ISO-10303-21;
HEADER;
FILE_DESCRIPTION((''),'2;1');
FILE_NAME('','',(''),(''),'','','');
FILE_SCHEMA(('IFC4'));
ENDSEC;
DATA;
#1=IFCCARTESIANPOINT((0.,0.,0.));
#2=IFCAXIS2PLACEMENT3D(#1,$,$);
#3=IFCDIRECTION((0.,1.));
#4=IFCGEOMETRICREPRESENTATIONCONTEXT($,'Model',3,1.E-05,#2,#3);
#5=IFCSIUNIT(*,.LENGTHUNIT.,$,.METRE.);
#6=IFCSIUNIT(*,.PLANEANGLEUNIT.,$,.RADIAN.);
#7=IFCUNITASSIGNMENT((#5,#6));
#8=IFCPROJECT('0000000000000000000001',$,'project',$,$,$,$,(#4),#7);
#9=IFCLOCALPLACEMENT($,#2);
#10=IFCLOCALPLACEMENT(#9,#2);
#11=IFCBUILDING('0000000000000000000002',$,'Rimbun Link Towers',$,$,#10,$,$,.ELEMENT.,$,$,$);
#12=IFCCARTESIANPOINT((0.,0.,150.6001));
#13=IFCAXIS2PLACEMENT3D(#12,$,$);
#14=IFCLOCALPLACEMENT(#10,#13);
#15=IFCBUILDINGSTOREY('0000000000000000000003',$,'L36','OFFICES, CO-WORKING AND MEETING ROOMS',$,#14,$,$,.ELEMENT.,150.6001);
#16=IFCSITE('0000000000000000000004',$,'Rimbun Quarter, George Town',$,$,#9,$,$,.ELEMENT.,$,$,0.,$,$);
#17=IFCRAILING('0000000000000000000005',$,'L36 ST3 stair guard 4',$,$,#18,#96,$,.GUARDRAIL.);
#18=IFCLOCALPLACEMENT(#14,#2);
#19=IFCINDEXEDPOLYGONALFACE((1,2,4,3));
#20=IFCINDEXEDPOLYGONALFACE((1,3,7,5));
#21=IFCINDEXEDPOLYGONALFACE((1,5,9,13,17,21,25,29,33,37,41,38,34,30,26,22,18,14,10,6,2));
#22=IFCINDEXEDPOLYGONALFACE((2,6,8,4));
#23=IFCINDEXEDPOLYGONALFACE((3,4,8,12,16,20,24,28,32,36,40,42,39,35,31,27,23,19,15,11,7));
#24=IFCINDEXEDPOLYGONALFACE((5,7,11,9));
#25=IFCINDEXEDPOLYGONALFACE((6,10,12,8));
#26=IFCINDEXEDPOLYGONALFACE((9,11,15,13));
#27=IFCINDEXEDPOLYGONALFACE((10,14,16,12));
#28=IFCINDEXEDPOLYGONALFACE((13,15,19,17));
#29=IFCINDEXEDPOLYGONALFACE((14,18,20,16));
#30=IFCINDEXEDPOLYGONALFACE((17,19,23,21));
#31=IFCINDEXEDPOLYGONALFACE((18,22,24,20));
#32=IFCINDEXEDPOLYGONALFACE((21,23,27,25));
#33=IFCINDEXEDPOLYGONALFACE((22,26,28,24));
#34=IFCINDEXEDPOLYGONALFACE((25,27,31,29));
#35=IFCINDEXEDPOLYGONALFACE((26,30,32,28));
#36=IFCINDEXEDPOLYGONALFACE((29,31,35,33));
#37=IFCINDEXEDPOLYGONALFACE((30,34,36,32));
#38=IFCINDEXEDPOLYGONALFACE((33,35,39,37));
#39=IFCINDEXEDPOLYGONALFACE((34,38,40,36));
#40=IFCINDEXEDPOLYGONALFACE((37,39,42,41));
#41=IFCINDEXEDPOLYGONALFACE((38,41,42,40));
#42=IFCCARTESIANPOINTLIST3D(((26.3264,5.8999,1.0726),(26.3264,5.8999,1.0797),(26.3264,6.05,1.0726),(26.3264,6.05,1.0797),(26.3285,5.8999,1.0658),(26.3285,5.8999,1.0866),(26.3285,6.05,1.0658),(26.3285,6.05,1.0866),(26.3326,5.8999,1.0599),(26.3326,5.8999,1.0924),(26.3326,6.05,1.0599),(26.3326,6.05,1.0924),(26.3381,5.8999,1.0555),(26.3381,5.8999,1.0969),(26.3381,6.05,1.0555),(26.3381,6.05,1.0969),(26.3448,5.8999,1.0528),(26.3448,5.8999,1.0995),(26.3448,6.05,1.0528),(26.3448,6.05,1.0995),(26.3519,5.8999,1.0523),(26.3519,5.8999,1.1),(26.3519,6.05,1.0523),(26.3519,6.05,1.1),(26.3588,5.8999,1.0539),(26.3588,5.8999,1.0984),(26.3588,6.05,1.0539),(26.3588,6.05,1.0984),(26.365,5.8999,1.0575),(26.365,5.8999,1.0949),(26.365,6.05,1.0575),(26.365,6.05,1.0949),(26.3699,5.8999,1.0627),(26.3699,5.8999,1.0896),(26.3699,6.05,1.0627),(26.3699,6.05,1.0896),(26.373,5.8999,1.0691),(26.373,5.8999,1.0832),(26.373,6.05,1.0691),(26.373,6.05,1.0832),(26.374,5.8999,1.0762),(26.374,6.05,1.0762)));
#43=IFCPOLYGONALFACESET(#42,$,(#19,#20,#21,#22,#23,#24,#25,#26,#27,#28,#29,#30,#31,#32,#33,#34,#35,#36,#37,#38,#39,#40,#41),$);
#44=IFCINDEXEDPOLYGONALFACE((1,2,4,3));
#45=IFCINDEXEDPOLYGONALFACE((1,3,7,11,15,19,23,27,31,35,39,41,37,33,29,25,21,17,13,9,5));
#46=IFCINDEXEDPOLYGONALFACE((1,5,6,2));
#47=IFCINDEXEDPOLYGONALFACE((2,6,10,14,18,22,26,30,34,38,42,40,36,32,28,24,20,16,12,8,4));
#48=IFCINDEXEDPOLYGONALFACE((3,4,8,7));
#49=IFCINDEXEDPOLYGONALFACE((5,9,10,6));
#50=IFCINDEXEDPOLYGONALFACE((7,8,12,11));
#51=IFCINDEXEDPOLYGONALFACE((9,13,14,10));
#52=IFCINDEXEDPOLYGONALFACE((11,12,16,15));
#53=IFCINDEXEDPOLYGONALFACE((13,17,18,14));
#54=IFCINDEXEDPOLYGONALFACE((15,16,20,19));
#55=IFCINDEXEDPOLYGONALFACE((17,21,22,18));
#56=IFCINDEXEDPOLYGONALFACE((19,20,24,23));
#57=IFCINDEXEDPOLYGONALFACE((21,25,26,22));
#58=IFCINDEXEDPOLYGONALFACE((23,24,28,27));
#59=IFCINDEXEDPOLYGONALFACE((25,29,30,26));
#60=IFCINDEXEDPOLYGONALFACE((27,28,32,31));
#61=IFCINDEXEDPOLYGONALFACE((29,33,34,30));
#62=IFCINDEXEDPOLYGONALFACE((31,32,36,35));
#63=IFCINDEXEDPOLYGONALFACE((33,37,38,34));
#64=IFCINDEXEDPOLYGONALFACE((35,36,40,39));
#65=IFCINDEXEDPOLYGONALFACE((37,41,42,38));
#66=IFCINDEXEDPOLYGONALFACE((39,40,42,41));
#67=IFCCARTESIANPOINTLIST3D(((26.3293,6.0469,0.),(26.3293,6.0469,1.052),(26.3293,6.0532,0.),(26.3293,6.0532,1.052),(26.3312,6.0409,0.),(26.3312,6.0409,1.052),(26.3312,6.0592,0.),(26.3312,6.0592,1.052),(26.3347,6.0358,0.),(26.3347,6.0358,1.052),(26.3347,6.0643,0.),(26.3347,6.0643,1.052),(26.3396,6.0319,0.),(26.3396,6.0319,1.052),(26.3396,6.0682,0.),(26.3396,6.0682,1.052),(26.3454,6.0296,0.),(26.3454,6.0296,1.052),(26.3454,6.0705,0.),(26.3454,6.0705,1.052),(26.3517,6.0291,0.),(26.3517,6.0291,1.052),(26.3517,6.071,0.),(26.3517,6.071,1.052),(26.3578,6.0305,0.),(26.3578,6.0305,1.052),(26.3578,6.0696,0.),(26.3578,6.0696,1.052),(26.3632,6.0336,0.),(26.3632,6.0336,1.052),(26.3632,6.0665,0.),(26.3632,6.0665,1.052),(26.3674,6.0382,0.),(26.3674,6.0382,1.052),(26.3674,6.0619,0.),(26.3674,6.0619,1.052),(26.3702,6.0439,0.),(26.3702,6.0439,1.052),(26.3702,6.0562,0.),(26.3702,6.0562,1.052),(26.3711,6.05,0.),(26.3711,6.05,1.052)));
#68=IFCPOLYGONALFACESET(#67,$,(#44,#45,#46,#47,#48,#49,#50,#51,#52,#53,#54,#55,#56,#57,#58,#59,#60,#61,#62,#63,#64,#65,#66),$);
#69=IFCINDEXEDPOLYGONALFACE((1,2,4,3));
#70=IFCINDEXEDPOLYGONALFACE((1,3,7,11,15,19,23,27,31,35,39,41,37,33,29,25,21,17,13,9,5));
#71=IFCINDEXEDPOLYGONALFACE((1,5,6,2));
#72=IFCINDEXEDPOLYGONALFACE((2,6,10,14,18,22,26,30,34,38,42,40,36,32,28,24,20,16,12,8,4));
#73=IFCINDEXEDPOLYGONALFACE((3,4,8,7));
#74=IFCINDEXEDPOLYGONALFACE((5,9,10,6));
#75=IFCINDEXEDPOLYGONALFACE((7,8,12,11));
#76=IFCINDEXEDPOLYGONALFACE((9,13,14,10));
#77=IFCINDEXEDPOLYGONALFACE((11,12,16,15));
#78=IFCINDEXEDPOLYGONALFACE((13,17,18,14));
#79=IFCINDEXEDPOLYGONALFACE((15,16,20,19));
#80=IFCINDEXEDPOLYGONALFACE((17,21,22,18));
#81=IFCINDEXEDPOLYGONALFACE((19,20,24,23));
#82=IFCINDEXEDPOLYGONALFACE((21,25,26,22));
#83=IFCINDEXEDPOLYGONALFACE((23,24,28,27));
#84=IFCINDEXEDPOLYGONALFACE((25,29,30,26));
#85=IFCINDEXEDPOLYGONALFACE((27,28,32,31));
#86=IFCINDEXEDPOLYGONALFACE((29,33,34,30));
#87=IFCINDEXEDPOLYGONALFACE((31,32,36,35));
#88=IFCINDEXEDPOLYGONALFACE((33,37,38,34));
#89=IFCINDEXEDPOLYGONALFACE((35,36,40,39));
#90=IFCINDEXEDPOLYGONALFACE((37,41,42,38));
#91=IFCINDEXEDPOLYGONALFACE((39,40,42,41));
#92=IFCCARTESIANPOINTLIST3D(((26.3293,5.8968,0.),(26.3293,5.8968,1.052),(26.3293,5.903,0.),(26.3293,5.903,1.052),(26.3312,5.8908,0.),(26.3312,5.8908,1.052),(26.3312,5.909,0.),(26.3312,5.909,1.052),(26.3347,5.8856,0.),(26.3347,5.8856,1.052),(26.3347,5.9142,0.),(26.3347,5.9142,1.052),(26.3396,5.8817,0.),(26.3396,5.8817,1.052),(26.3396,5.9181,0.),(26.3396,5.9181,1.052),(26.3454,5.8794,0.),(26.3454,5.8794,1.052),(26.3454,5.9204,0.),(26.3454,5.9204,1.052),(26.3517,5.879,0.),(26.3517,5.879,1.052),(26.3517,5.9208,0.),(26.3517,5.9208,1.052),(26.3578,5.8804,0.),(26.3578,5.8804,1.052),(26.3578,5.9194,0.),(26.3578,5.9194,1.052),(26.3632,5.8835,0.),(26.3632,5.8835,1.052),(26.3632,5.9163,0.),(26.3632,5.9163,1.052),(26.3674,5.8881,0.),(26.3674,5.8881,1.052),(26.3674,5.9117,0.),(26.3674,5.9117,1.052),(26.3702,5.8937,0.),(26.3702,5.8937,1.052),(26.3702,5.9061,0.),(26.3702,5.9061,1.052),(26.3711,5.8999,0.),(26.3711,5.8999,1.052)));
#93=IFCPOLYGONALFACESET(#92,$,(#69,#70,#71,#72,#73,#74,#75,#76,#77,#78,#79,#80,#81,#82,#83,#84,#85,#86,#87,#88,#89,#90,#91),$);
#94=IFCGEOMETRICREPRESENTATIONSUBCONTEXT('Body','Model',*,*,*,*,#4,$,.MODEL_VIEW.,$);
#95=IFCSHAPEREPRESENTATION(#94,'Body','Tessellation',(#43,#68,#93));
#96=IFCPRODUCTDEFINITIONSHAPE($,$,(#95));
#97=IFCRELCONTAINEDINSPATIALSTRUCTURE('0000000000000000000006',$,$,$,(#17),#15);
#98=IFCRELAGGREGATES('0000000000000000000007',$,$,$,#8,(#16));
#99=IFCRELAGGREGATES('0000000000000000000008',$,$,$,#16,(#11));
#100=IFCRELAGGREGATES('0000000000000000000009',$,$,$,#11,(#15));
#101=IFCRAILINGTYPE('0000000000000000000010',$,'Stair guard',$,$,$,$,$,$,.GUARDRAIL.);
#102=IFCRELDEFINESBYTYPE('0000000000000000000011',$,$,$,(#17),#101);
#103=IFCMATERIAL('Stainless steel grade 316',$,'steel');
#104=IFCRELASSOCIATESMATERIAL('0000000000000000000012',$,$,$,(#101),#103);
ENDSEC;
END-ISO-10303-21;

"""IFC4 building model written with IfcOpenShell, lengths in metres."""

from ifc_helpers import new_model, si_unit, direction, frame, origin, origin_2d, place, context, subcontext, project, spatial, circle, extrude, material, type_object, element, save


model = new_model("IFC4")

# Units and contexts
model_context = context("Model", 3, precision=1e-05, world=origin(), true_north=direction((0.0, 1.0)))
body_context = subcontext(model_context, "Body", "Model", "MODEL_VIEW")
ifc_project = project(units=[si_unit("LENGTHUNIT", "METRE"), si_unit("PLANEANGLEUNIT", "RADIAN")], contexts=[model_context])

# Site, building, storey
site_placement = place(None, origin())
site = spatial("IfcSite", under=ifc_project, at=site_placement, Name="Rimbun Quarter, George Town", CompositionType="ELEMENT", RefElevation=0.0)
building_placement = place(site_placement, origin())
building = spatial("IfcBuilding", under=site, at=building_placement, Name="Rimbun Link Towers", CompositionType="ELEMENT")
storey_placement = place(building_placement, frame((0.0, 0.0, 150.6001)))
storey = spatial("IfcBuildingStorey", under=building, at=storey_placement, Name="L36", Description="OFFICES, CO-WORKING AND MEETING ROOMS", CompositionType="ELEMENT", Elevation=150.6001)

# Railing
ifc_material_1 = material(Name="Stainless steel grade 316", Category="steel")
railing_type_1 = type_object("IfcRailingType", Name="Stair guard", PredefinedType="GUARDRAIL", material=ifc_material_1)
railing_1_placement = place(storey_placement, frame((26.3501, 6.05, 0.0)))
element("IfcRailing", 1, at=railing_1_placement, inside=storey, type_object=railing_type_1, Name="L36 ST3 stair guard 4", PredefinedType="GUARDRAIL", context=body_context, shape_type="SweptSolid", body=[
    extrude(circle(Radius=0.0239, at=origin_2d()), frame((0.0, 0.0, 1.0762), z_axis=(0.0, -1.0, 0.0), x_axis=(1.0, 0.0, 0.0)), (0.0, 0.0, 1.0), 0.1501),
    extrude(circle(Radius=0.021, at=origin_2d()), origin(), (0.0, 0.0, 1.0), 1.052),
    extrude(circle(Radius=0.021, at=origin_2d()), frame((0.0, -0.1501, 0.0)), (0.0, 0.0, 1.0), 1.052),
])

save(model, "model.ifc")
